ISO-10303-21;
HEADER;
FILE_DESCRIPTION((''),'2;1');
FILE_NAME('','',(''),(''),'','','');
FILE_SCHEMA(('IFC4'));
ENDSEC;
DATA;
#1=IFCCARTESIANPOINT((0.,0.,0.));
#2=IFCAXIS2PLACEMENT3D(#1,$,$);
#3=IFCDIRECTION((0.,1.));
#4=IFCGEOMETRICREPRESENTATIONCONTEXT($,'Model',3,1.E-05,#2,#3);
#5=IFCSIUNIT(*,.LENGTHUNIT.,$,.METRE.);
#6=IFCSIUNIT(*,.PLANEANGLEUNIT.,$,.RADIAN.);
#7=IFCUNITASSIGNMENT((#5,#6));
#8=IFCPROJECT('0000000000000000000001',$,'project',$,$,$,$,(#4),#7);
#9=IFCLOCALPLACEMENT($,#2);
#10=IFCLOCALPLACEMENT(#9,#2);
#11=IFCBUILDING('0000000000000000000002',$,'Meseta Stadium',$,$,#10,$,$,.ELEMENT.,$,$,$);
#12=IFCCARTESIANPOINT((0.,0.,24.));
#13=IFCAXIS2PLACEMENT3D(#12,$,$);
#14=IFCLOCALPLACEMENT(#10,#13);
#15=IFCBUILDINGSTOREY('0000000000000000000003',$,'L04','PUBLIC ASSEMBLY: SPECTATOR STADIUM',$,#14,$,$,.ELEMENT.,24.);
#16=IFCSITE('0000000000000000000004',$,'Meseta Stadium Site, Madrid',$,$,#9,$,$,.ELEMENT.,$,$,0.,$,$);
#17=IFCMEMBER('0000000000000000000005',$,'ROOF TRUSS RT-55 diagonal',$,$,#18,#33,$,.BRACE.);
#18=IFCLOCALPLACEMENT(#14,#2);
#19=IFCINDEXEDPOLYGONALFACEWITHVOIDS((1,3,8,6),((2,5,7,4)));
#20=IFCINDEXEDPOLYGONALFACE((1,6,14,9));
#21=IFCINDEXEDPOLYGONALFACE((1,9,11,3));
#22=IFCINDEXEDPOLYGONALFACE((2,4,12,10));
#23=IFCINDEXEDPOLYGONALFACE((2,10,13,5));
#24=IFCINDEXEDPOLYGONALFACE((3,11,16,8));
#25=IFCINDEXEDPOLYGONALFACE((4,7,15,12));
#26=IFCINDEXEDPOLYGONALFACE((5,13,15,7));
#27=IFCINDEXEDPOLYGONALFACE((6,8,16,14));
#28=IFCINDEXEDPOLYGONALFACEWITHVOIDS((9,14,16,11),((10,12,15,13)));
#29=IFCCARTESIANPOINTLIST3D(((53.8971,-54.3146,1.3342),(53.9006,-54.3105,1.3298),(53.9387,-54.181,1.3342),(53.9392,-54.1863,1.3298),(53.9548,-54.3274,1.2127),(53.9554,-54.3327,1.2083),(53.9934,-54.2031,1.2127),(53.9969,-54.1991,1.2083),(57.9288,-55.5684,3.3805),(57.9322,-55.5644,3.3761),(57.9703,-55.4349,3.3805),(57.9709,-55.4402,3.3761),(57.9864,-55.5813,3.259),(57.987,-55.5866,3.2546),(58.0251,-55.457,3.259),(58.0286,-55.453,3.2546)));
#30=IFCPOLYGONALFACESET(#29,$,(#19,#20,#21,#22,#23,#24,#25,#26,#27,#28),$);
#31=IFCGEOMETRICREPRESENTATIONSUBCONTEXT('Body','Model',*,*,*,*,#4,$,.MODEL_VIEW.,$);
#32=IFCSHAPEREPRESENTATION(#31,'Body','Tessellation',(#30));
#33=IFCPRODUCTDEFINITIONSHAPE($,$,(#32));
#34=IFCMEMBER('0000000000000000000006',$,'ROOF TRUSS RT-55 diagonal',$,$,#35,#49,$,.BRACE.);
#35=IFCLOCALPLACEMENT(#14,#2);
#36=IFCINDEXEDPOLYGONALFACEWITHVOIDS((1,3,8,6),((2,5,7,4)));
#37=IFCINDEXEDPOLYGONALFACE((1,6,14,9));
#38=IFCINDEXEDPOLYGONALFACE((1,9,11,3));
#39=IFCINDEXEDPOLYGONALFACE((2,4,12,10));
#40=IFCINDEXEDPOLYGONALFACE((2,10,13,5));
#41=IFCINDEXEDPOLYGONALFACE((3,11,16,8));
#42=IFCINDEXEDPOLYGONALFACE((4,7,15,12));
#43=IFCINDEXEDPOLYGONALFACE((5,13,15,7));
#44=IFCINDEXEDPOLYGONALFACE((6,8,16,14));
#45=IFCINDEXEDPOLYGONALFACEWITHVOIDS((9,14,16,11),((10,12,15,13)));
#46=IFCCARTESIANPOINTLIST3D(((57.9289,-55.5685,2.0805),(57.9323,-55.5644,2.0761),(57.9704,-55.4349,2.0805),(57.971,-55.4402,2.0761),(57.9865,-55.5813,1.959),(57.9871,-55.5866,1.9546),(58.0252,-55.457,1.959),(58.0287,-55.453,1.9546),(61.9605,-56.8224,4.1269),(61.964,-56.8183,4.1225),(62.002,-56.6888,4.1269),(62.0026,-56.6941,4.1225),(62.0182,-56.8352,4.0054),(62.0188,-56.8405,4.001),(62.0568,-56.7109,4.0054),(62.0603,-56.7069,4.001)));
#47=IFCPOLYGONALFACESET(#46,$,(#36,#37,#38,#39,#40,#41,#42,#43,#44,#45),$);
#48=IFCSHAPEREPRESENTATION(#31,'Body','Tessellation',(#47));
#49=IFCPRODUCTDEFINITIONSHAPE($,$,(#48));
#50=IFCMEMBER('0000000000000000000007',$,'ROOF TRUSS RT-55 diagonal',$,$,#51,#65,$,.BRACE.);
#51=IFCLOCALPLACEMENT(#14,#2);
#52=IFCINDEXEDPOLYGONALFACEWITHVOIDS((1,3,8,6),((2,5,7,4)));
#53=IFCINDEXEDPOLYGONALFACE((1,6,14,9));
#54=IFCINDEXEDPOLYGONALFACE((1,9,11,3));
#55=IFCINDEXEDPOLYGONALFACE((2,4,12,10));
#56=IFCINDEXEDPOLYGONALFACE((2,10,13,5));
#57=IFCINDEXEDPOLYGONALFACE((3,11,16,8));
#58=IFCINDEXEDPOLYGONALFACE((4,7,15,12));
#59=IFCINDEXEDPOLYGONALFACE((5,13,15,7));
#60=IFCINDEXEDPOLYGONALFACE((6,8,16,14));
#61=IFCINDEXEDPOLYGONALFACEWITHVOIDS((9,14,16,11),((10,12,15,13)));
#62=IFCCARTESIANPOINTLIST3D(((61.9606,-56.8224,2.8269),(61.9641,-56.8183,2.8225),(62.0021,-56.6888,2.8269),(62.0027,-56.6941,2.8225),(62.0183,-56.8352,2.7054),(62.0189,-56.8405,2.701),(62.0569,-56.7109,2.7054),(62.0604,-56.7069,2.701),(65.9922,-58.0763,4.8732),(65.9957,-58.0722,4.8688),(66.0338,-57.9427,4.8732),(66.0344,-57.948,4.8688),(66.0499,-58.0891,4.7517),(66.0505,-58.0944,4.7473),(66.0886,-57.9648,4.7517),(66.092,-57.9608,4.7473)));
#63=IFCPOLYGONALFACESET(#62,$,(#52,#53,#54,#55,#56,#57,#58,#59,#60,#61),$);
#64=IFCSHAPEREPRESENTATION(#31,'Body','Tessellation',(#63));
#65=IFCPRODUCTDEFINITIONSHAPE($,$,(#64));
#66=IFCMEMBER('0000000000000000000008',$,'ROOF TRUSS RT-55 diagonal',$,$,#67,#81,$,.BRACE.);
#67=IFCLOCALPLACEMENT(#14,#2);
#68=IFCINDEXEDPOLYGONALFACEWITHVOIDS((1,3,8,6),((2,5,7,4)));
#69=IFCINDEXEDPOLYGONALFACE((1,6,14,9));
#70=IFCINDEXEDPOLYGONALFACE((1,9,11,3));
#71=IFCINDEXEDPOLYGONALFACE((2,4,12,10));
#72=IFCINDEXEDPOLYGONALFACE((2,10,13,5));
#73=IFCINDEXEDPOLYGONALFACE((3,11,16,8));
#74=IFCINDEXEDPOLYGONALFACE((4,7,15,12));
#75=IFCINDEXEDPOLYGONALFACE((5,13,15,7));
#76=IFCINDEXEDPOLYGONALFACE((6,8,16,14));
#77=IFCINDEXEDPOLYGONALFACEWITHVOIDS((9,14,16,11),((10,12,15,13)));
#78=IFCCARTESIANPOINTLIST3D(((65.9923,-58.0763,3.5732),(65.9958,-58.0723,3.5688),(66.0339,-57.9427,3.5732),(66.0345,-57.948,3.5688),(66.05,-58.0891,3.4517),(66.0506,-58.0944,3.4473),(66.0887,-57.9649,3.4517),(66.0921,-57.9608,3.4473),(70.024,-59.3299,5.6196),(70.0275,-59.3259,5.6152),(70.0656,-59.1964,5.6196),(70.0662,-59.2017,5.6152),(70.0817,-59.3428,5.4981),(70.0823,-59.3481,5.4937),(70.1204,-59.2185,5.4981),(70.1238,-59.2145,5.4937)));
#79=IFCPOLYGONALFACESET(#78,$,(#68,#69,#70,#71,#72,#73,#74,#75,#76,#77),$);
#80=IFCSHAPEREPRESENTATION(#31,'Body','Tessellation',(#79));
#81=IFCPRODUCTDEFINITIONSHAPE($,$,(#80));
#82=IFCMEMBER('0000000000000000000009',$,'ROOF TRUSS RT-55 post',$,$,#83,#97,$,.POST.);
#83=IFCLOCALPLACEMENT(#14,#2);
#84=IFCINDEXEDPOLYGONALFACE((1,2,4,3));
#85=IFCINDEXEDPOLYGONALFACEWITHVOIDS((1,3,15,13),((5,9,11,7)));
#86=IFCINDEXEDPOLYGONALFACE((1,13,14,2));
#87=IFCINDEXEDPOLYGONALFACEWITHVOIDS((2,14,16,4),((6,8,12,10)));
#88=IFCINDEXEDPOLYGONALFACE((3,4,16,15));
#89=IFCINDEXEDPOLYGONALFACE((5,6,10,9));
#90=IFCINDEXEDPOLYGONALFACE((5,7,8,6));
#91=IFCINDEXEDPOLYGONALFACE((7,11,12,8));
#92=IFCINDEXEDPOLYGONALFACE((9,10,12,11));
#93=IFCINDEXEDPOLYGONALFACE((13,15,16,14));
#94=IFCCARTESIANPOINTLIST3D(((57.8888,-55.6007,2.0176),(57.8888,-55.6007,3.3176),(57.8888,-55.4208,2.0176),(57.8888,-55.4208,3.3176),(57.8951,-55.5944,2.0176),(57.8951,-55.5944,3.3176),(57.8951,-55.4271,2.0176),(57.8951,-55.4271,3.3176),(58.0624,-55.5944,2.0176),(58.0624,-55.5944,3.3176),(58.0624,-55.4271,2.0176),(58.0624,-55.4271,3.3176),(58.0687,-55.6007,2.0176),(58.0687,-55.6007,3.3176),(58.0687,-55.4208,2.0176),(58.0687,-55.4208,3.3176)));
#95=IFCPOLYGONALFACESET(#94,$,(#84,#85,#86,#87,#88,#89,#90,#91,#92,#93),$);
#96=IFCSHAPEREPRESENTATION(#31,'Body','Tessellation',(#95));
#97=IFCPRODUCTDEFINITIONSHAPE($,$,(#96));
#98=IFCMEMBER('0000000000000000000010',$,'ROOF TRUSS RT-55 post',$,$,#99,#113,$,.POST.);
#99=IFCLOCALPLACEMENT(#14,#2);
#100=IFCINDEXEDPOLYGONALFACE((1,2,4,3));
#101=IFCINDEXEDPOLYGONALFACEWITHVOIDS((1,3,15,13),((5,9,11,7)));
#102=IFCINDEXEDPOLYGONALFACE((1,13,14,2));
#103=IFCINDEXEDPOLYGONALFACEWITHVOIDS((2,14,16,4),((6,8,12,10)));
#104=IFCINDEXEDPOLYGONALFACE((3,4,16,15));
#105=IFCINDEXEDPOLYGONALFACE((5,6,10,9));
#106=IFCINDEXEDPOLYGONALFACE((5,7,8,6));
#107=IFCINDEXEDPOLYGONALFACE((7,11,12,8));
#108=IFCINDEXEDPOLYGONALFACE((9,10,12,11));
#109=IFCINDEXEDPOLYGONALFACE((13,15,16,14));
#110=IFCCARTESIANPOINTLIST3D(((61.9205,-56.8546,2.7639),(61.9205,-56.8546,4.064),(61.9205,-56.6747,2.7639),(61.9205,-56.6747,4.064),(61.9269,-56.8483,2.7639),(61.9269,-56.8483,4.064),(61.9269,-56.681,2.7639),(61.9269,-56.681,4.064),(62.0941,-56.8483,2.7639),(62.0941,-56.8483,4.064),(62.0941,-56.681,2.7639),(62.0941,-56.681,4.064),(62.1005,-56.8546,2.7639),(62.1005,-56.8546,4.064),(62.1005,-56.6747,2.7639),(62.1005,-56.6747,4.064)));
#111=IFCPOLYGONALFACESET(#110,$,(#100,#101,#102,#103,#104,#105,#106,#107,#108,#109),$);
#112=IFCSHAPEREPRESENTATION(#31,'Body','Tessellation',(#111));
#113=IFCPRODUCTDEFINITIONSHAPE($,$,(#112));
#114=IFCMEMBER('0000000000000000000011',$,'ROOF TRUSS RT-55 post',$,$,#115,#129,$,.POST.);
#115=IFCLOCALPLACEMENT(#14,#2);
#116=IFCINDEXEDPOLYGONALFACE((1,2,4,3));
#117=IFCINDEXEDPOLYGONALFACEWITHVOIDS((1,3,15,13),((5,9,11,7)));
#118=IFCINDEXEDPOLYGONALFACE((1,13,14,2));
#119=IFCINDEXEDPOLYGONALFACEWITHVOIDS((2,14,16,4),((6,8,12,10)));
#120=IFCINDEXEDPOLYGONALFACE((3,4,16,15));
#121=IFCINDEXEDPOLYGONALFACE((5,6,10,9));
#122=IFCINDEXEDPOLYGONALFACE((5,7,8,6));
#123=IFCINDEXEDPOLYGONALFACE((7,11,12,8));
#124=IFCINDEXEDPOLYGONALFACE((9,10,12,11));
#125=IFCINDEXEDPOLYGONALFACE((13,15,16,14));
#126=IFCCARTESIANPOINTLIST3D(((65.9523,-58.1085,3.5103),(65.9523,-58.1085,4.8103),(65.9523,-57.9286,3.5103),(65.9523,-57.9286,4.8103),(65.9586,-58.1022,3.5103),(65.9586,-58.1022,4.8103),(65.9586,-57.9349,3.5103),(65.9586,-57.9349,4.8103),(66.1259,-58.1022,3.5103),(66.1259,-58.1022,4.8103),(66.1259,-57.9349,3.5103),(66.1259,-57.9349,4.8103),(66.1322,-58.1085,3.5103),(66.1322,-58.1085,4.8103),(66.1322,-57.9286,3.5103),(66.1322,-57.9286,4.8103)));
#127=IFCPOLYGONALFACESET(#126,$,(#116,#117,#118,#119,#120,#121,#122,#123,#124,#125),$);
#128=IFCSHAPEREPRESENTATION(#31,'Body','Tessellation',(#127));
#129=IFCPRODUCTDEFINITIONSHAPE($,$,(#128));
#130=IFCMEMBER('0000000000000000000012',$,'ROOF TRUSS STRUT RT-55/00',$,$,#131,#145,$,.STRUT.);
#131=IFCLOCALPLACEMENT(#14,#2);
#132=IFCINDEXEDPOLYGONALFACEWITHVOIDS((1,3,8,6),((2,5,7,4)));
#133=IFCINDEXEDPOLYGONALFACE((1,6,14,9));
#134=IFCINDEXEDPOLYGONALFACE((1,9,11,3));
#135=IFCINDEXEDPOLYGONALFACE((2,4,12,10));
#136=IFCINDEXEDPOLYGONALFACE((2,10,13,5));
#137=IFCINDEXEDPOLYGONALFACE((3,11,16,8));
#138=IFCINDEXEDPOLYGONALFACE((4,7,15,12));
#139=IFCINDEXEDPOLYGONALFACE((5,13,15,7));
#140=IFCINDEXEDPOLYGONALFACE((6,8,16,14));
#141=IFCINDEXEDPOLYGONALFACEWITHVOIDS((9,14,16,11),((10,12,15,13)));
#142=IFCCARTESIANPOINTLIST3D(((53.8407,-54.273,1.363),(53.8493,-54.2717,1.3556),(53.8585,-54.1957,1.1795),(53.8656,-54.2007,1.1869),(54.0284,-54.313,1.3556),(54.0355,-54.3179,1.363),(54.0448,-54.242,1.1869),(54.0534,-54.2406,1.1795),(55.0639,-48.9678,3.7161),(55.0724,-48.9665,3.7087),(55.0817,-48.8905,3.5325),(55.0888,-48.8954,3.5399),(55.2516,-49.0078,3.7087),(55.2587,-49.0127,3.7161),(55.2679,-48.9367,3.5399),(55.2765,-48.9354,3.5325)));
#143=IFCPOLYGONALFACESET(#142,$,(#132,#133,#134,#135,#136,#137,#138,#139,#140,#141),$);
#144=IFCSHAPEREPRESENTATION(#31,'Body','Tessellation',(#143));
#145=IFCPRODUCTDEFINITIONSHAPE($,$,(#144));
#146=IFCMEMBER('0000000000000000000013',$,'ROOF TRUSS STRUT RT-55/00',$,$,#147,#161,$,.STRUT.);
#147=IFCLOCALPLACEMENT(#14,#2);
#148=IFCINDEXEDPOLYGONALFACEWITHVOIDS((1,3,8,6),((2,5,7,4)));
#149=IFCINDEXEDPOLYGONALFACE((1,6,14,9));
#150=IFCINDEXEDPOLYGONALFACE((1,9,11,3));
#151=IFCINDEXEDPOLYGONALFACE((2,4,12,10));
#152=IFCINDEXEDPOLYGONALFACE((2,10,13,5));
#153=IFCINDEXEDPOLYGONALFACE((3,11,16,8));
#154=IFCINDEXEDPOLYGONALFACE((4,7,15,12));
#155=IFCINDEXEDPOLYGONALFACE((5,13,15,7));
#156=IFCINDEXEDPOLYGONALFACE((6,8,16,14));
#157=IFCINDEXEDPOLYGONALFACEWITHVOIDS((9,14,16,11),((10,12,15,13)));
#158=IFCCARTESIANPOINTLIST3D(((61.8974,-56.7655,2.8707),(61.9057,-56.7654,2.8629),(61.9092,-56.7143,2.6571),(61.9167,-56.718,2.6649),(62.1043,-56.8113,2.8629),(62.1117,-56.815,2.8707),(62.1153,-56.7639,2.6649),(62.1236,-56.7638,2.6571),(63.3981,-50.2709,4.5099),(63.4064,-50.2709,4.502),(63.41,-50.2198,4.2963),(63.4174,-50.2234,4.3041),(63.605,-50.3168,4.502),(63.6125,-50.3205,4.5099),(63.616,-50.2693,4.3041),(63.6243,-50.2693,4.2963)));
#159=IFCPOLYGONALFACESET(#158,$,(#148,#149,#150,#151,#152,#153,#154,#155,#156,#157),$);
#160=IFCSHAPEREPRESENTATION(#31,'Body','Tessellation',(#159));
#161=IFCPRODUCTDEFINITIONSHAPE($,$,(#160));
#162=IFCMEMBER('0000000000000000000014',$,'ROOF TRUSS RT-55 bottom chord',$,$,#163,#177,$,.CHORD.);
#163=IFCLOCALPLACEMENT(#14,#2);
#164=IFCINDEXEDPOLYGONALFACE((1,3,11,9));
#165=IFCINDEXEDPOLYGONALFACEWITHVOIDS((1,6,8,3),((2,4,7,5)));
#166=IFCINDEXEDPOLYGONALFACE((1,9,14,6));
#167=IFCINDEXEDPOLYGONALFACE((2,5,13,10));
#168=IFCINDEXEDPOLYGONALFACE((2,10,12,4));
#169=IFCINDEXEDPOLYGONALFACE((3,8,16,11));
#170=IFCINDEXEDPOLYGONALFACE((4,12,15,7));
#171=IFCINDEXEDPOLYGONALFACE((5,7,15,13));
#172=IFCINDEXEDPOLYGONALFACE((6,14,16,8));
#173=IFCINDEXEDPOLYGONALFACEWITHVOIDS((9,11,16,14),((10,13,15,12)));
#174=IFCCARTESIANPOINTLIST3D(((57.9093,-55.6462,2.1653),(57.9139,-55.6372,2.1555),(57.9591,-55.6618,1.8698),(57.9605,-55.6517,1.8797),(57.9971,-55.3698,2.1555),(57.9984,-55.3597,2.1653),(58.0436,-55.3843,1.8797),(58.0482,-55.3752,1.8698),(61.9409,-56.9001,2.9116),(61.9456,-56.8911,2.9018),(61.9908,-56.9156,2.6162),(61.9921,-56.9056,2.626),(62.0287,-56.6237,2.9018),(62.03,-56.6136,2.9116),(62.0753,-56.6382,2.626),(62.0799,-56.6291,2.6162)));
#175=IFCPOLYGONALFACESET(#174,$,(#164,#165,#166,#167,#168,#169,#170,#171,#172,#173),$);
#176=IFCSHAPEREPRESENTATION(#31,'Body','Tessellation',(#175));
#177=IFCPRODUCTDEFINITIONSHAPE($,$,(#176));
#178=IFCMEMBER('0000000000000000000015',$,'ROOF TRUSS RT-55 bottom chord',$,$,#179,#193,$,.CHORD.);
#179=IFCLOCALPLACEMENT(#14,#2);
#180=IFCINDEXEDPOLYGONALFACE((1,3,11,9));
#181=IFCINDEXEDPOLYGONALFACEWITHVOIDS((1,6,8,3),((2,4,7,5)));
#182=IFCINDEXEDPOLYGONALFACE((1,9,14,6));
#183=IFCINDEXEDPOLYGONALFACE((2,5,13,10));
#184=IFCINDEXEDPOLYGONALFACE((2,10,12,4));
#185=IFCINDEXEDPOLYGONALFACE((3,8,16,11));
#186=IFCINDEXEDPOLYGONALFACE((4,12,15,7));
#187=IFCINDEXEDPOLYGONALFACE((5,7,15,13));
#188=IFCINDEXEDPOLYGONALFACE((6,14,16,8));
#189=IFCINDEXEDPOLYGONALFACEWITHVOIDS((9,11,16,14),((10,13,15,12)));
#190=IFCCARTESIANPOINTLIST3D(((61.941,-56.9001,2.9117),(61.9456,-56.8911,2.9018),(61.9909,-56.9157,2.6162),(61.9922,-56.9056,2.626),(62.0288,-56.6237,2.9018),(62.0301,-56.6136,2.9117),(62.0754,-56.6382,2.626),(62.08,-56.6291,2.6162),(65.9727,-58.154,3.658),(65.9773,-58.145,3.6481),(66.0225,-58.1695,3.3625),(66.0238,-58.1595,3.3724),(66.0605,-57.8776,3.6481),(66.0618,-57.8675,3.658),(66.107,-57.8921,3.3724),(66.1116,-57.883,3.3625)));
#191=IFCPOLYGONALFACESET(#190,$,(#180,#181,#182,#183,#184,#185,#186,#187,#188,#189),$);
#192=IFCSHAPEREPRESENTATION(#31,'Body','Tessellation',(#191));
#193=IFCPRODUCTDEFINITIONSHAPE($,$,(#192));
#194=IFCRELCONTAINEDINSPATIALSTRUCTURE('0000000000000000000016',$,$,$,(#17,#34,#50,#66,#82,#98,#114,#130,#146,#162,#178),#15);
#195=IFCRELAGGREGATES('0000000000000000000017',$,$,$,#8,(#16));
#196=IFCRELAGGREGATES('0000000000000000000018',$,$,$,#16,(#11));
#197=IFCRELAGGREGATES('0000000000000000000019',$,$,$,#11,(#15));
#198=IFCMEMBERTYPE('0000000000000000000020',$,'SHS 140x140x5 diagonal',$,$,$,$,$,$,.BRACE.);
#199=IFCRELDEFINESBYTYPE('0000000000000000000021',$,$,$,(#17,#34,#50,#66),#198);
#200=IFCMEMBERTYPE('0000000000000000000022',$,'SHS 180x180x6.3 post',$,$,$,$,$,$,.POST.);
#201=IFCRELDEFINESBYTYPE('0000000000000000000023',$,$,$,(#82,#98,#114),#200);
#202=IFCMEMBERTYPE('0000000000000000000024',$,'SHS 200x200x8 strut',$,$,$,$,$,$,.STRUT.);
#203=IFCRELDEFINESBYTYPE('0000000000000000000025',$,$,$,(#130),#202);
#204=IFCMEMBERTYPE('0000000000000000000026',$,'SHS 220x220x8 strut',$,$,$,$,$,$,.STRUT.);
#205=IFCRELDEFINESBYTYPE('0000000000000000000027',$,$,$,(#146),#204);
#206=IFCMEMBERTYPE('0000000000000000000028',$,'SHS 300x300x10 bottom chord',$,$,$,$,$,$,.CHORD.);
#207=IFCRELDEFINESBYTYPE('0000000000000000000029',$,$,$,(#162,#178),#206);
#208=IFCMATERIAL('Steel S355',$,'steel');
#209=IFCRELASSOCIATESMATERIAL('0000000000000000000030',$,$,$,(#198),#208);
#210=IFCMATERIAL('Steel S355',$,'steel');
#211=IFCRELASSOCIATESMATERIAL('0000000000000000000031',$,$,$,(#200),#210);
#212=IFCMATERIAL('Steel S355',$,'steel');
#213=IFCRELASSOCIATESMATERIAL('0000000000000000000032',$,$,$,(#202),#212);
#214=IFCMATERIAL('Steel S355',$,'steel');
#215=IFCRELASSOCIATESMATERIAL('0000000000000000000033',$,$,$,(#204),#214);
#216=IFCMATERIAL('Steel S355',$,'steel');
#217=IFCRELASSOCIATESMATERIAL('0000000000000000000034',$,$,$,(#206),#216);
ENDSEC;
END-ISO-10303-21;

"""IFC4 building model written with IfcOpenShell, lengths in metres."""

from ifc_helpers import new_model, si_unit, direction, frame, origin, origin_2d, place, context, subcontext, project, spatial, hollow_rectangle, extrude, material, material_profile, profile_set, type_object, element, save


model = new_model("IFC4")

# Units and contexts
model_context = context("Model", 3, precision=1e-05, world=origin(), true_north=direction((0.0, 1.0)))
body_context = subcontext(model_context, "Body", "Model", "MODEL_VIEW")
ifc_project = project(units=[si_unit("LENGTHUNIT", "METRE"), si_unit("PLANEANGLEUNIT", "RADIAN")], contexts=[model_context])

# Site, building, storey
site_placement = place(None, origin())
site = spatial("IfcSite", under=ifc_project, at=site_placement, Name="Meseta Stadium Site, Madrid", CompositionType="ELEMENT", RefElevation=0.0)
building_placement = place(site_placement, origin())
building = spatial("IfcBuilding", under=site, at=building_placement, Name="Meseta Stadium", CompositionType="ELEMENT")
storey_placement = place(building_placement, frame((0.0, 0.0, 24.0)))
storey = spatial("IfcBuildingStorey", under=building, at=storey_placement, Name="L04", Description="PUBLIC ASSEMBLY: SPECTATOR STADIUM", CompositionType="ELEMENT", Elevation=24.0)

# Members
ifc_material_1 = material(Name="Steel S355", Category="steel")
ifc_material_profile_1 = material_profile(ifc_material_1, hollow_rectangle(XDim=0.1399, YDim=0.1399, WallThickness=0.0049, at=origin_2d()), Name="SHS 140x140x5")
ifc_profile_set_1 = profile_set([ifc_material_profile_1], Name="Steel S355")
member_type_1 = type_object("IfcMemberType", Name="SHS 140x140x5 diagonal", PredefinedType="BRACE", material=ifc_profile_set_1)
for number, where, z_axis, x_axis, name in (
    (1, (53.947, -54.2568, 1.2712), (0.859279, -0.267243, 0.436144), (0.296978, 0.954884, 0.0), "ROOF TRUSS RT-55 diagonal"),
    (2, (57.9788, -55.5107, 2.0176), (0.859279, -0.267243, 0.436144), (0.296978, 0.954884, 0.0), "ROOF TRUSS RT-55 diagonal"),
    (3, (62.0105, -56.7646, 2.7639), (0.859279, -0.267243, 0.436144), (0.296978, 0.954884, 0.0), "ROOF TRUSS RT-55 diagonal"),
    (4, (66.0422, -58.0186, 3.5103), (0.859291, -0.267195, 0.43615), (0.296925, 0.954901, 0.0), "ROOF TRUSS RT-55 diagonal"),
):
    element("IfcMember", number, at=place(storey_placement, frame(where, z_axis=z_axis, x_axis=x_axis)), inside=storey, type_object=member_type_1, Name=name, PredefinedType="BRACE", context=body_context, shape_type="SweptSolid", body=[
        extrude(hollow_rectangle(XDim=0.1399, YDim=0.1399, WallThickness=0.0049, at=origin_2d()), origin(), (0.0, 0.0, 1.0), 4.6919),
    ])
ifc_material_2 = material(Name="Steel S355", Category="steel")
ifc_material_profile_2 = material_profile(ifc_material_2, hollow_rectangle(XDim=0.1799, YDim=0.1799, WallThickness=0.0063, at=origin_2d()), Name="SHS 180x180x6.3")
ifc_profile_set_2 = profile_set([ifc_material_profile_2], Name="Steel S355")
member_type_2 = type_object("IfcMemberType", Name="SHS 180x180x6.3 post", PredefinedType="POST", material=ifc_profile_set_2)
for number, where, z_axis, x_axis, name in (
    (5, (57.9788, -55.5107, 2.0176), (0.0, 0.0, 1.0), (1.0, 0.0, 0.0), "ROOF TRUSS RT-55 post"),
    (6, (62.0105, -56.7646, 2.7639), (0.0, 0.0, 1.0), (1.0, 0.0, 0.0), "ROOF TRUSS RT-55 post"),
    (7, (66.0422, -58.0186, 3.5103), (0.0, 0.0, 1.0), (1.0, 0.0, 0.0), "ROOF TRUSS RT-55 post"),
):
    element("IfcMember", number, at=place(storey_placement, frame(where, z_axis=z_axis, x_axis=x_axis)), inside=storey, type_object=member_type_2, Name=name, PredefinedType="POST", context=body_context, shape_type="SweptSolid", body=[
        extrude(hollow_rectangle(XDim=0.1799, YDim=0.1799, WallThickness=0.0063, at=origin_2d()), origin(), (0.0, 0.0, 1.0), 1.3),
    ])
ifc_material_3 = material(Name="Steel S355", Category="steel")
ifc_material_profile_3 = material_profile(ifc_material_3, hollow_rectangle(XDim=0.2, YDim=0.2, WallThickness=0.0081, at=origin_2d()), Name="SHS 200x200x8")
ifc_profile_set_3 = profile_set([ifc_material_profile_3], Name="Steel S355")
member_type_3 = type_object("IfcMemberType", Name="SHS 200x200x8 strut", PredefinedType="STRUT", material=ifc_profile_set_3)
member_1_placement = place(storey_placement, frame((53.947, -54.2568, 1.2712), z_axis=(0.206226, 0.89447, 0.396728), x_axis=(-0.974437, 0.224663, 0.0)))
element("IfcMember", 8, at=member_1_placement, inside=storey, type_object=member_type_3, Name="ROOF TRUSS STRUT RT-55/00", PredefinedType="STRUT", context=body_context, shape_type="SweptSolid", body=[
    extrude(hollow_rectangle(XDim=0.2, YDim=0.2, WallThickness=0.0081, at=origin_2d()), origin(), (0.0, 0.0, 1.0), 5.9312),
])
ifc_material_4 = material(Name="Steel S355", Category="steel")
ifc_material_profile_4 = material_profile(ifc_material_4, hollow_rectangle(XDim=0.22, YDim=0.22, WallThickness=0.0081, at=origin_2d()), Name="SHS 220x220x8")
ifc_profile_set_4 = profile_set([ifc_material_profile_4], Name="Steel S355")
member_type_4 = type_object("IfcMemberType", Name="SHS 220x220x8 strut", PredefinedType="STRUT", material=ifc_profile_set_4)
member_2_placement = place(storey_placement, frame((62.0105, -56.7646, 2.7639), z_axis=(0.218627, 0.946139, 0.238793), x_axis=(-0.974326, 0.22514, 0.0)))
element("IfcMember", 9, at=member_2_placement, inside=storey, type_object=member_type_4, Name="ROOF TRUSS STRUT RT-55/00", PredefinedType="STRUT", context=body_context, shape_type="SweptSolid", body=[
    extrude(hollow_rectangle(XDim=0.22, YDim=0.22, WallThickness=0.0081, at=origin_2d()), origin(), (0.0, 0.0, 1.0), 6.8643),
])
ifc_material_5 = material(Name="Steel S355", Category="steel")
ifc_material_profile_5 = material_profile(ifc_material_5, hollow_rectangle(XDim=0.3, YDim=0.3, WallThickness=0.01, at=origin_2d()), Name="SHS 300x300x10")
ifc_profile_set_5 = profile_set([ifc_material_profile_5], Name="Steel S355")
member_type_5 = type_object("IfcMemberType", Name="SHS 300x300x10 bottom chord", PredefinedType="CHORD", material=ifc_profile_set_5)
for number, where, z_axis, x_axis, name in (
    (10, (57.9788, -55.5107, 2.0176), (0.940307, -0.292444, 0.174066), (0.296978, 0.954884, 0.0), "ROOF TRUSS RT-55 bottom chord"),
    (11, (62.0105, -56.7646, 2.7639), (0.940307, -0.292444, 0.174066), (0.296978, 0.954884, 0.0), "ROOF TRUSS RT-55 bottom chord"),
):
    element("IfcMember", number, at=place(storey_placement, frame(where, z_axis=z_axis, x_axis=x_axis)), inside=storey, type_object=member_type_5, Name=name, PredefinedType="CHORD", context=body_context, shape_type="SweptSolid", body=[
        extrude(hollow_rectangle(XDim=0.3, YDim=0.3, WallThickness=0.01, at=origin_2d()), origin(), (0.0, 0.0, 1.0), 4.2876),
    ])

save(model, "model.ifc")
